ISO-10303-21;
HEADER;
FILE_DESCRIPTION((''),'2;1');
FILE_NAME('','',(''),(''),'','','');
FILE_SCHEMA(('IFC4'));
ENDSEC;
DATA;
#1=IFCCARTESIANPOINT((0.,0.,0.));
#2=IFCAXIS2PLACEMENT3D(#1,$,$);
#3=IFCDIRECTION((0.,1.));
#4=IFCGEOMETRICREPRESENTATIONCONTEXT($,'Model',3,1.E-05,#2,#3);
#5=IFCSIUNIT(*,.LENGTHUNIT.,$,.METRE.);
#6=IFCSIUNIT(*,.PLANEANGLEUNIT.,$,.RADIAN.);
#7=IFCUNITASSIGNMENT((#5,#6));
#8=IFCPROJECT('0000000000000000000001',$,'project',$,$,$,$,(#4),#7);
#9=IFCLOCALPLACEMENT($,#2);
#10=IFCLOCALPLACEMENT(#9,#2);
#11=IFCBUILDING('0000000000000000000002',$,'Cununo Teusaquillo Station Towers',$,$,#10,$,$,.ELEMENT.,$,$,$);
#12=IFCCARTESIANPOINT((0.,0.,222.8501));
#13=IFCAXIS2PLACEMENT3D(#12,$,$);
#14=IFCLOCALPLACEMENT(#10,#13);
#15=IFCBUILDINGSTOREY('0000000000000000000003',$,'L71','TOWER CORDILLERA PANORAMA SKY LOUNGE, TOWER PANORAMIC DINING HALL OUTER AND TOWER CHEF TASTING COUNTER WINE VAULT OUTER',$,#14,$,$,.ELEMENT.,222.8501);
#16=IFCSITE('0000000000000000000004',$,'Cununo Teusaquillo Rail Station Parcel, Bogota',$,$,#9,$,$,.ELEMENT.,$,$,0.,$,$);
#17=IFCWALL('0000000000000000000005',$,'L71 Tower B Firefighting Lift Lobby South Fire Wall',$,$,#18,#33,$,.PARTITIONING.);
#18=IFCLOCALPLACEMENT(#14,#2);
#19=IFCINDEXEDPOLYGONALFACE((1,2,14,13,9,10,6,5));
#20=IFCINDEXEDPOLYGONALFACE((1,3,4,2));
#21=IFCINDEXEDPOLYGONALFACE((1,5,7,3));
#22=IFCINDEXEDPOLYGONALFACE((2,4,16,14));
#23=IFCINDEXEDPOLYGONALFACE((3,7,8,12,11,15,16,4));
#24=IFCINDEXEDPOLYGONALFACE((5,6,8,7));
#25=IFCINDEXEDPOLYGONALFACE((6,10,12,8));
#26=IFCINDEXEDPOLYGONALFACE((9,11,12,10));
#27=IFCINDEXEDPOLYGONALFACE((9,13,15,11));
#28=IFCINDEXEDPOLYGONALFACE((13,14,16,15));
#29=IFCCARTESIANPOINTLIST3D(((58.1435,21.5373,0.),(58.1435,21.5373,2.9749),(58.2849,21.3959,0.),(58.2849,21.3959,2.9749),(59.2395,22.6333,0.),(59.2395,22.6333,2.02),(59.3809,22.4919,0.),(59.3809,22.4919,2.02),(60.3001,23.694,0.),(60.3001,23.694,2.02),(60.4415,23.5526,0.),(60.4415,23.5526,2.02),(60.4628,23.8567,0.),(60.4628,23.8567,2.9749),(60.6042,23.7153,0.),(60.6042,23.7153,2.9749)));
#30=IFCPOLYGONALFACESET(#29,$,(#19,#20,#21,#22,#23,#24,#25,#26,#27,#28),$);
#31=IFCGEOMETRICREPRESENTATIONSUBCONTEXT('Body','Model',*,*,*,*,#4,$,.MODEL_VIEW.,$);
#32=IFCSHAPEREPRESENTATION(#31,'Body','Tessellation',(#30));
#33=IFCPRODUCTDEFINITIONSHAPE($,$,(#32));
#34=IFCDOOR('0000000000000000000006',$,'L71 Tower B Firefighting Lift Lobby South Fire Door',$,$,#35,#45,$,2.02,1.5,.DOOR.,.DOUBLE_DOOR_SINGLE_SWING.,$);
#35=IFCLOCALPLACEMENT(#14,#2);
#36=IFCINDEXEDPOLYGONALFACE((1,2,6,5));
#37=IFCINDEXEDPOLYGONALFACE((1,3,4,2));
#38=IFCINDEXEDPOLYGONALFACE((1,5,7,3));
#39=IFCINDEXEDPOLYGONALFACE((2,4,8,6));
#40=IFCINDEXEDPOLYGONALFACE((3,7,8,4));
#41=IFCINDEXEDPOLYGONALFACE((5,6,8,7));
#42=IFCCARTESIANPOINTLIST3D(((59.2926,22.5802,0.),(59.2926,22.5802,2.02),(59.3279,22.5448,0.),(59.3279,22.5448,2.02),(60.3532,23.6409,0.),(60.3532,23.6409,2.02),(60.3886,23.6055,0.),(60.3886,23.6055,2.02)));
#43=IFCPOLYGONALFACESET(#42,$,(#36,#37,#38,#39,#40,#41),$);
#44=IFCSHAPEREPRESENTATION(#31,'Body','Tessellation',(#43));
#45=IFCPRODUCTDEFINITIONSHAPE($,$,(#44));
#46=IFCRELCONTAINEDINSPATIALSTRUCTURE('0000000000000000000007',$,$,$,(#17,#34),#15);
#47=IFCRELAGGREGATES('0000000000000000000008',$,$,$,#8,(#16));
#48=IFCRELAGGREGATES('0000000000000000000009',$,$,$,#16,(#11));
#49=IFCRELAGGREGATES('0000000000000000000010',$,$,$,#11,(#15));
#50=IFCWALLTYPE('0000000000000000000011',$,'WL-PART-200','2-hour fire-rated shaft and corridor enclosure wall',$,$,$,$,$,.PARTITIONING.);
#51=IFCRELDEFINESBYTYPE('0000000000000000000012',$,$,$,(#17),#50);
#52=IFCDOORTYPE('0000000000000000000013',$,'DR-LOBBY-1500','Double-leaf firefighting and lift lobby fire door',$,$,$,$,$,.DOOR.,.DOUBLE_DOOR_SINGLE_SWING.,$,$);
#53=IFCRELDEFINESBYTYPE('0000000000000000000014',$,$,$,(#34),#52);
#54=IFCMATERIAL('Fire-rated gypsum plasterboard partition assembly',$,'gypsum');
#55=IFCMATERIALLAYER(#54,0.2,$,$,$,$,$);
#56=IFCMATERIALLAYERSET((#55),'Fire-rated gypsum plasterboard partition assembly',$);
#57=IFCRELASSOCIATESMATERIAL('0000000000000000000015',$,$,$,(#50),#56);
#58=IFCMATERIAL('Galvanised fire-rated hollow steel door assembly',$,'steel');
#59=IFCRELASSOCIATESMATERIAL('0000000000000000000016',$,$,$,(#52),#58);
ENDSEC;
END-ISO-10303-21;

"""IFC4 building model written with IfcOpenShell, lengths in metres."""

from ifc_helpers import new_model, si_unit, direction, frame, frame_2d, origin, place, context, subcontext, project, spatial, rectangle, extrude, source, transform, mapped, material, layer, layer_set, type_object, element, fill, save


model = new_model("IFC4")

# Units and contexts
model_context = context("Model", 3, precision=1e-05, world=origin(), true_north=direction((0.0, 1.0)))
body_context = subcontext(model_context, "Body", "Model", "MODEL_VIEW")
ifc_project = project(units=[si_unit("LENGTHUNIT", "METRE"), si_unit("PLANEANGLEUNIT", "RADIAN")], contexts=[model_context])

# Site, building, storey
site_placement = place(None, origin())
site = spatial("IfcSite", under=ifc_project, at=site_placement, Name="Cununo Teusaquillo Rail Station Parcel, Bogota", CompositionType="ELEMENT", RefElevation=0.0)
building_placement = place(site_placement, origin())
building = spatial("IfcBuilding", under=site, at=building_placement, Name="Cununo Teusaquillo Station Towers", CompositionType="ELEMENT")
storey_placement = place(building_placement, frame((0.0, 0.0, 222.8501)))
storey = spatial("IfcBuildingStorey", under=building, at=storey_placement, Name="L71", Description="TOWER CORDILLERA PANORAMA SKY LOUNGE, TOWER PANORAMIC DINING HALL OUTER AND TOWER CHEF TASTING COUNTER WINE VAULT OUTER", CompositionType="ELEMENT", Elevation=222.8501)

# Wall, opening, door
ifc_material_1 = material(Name="Fire-rated gypsum plasterboard partition assembly", Category="gypsum")
ifc_layer_1 = layer(ifc_material_1, 0.2)
ifc_layer_set_1 = layer_set([ifc_layer_1], Name="Fire-rated gypsum plasterboard partition assembly")
wall_type_1 = type_object("IfcWallType", Name="WL-PART-200", Description="2-hour fire-rated shaft and corridor enclosure wall", PredefinedType="PARTITIONING", material=ifc_layer_set_1)
wall_1_placement = place(storey_placement, frame((58.2141, 21.4666, 0.0), z_axis=(0.0, 0.0, 1.0), x_axis=(0.707107, 0.707107, 0.0)))
wall_1 = element("IfcWall", 1, at=wall_1_placement, inside=storey, type_object=wall_type_1, Name="L71 Tower B Firefighting Lift Lobby South Fire Wall", PredefinedType="PARTITIONING", context=body_context, shape_type="SweptSolid", body=[
    extrude(rectangle(XDim=3.28, YDim=0.2, at=frame_2d((1.6401, 0.0))), origin(), (0.0, 0.0, 1.0), 2.9749),
])
shared_shape_1 = source(origin(), body_context, "Body", "SweptSolid", [
    extrude(rectangle(XDim=1.5, YDim=2.02, at=frame_2d((0.75, 1.01))), frame((0.0, 0.1099, 0.0), z_axis=(0.0, -1.0, 0.0), x_axis=(1.0, 0.0, 0.0)), (0.0, 0.0, 1.0), 0.22),
])
opening_1_placement = place(wall_1_placement, frame((1.55, 0.0, 0.0)))
opening_1 = element("IfcOpeningElement", 2, at=opening_1_placement, cuts=wall_1, PredefinedType="OPENING", context=body_context, shape_type="MappedRepresentation", body=[
    mapped(shared_shape_1, transform((0.0, 0.0, 0.0), x_axis=(1.0, 0.0, 0.0), y_axis=(0.0, 1.0, 0.0), z_axis=(0.0, 0.0, 1.0), scale=1.0)),
])
ifc_material_2 = material(Name="Galvanised fire-rated hollow steel door assembly", Category="steel")
door_type_1 = type_object("IfcDoorType", Name="DR-LOBBY-1500", Description="Double-leaf firefighting and lift lobby fire door", OperationType="DOUBLE_DOOR_SINGLE_SWING", PredefinedType="DOOR", material=ifc_material_2)
shared_shape_2 = source(origin(), body_context, "Body", "SweptSolid", [
    extrude(rectangle(XDim=1.5, YDim=2.02, at=frame_2d((0.75, 1.01))), frame((0.0, 0.0249, 0.0), z_axis=(0.0, -1.0, 0.0), x_axis=(1.0, 0.0, 0.0)), (0.0, 0.0, 1.0), 0.05),
])
door_1_placement = place(opening_1_placement, origin())
door_1 = element("IfcDoor", 3, at=door_1_placement, inside=storey, type_object=door_type_1, Name="L71 Tower B Firefighting Lift Lobby South Fire Door", OperationType="DOUBLE_DOOR_SINGLE_SWING", OverallHeight=2.02, OverallWidth=1.5, PredefinedType="DOOR", context=body_context, shape_type="MappedRepresentation", body=[
    mapped(shared_shape_2, transform((0.0, 0.0, 0.0), x_axis=(1.0, 0.0, 0.0), y_axis=(0.0, 1.0, 0.0), z_axis=(0.0, 0.0, 1.0), scale=1.0)),
])
fill(opening_1, door_1)

save(model, "model.ifc")
